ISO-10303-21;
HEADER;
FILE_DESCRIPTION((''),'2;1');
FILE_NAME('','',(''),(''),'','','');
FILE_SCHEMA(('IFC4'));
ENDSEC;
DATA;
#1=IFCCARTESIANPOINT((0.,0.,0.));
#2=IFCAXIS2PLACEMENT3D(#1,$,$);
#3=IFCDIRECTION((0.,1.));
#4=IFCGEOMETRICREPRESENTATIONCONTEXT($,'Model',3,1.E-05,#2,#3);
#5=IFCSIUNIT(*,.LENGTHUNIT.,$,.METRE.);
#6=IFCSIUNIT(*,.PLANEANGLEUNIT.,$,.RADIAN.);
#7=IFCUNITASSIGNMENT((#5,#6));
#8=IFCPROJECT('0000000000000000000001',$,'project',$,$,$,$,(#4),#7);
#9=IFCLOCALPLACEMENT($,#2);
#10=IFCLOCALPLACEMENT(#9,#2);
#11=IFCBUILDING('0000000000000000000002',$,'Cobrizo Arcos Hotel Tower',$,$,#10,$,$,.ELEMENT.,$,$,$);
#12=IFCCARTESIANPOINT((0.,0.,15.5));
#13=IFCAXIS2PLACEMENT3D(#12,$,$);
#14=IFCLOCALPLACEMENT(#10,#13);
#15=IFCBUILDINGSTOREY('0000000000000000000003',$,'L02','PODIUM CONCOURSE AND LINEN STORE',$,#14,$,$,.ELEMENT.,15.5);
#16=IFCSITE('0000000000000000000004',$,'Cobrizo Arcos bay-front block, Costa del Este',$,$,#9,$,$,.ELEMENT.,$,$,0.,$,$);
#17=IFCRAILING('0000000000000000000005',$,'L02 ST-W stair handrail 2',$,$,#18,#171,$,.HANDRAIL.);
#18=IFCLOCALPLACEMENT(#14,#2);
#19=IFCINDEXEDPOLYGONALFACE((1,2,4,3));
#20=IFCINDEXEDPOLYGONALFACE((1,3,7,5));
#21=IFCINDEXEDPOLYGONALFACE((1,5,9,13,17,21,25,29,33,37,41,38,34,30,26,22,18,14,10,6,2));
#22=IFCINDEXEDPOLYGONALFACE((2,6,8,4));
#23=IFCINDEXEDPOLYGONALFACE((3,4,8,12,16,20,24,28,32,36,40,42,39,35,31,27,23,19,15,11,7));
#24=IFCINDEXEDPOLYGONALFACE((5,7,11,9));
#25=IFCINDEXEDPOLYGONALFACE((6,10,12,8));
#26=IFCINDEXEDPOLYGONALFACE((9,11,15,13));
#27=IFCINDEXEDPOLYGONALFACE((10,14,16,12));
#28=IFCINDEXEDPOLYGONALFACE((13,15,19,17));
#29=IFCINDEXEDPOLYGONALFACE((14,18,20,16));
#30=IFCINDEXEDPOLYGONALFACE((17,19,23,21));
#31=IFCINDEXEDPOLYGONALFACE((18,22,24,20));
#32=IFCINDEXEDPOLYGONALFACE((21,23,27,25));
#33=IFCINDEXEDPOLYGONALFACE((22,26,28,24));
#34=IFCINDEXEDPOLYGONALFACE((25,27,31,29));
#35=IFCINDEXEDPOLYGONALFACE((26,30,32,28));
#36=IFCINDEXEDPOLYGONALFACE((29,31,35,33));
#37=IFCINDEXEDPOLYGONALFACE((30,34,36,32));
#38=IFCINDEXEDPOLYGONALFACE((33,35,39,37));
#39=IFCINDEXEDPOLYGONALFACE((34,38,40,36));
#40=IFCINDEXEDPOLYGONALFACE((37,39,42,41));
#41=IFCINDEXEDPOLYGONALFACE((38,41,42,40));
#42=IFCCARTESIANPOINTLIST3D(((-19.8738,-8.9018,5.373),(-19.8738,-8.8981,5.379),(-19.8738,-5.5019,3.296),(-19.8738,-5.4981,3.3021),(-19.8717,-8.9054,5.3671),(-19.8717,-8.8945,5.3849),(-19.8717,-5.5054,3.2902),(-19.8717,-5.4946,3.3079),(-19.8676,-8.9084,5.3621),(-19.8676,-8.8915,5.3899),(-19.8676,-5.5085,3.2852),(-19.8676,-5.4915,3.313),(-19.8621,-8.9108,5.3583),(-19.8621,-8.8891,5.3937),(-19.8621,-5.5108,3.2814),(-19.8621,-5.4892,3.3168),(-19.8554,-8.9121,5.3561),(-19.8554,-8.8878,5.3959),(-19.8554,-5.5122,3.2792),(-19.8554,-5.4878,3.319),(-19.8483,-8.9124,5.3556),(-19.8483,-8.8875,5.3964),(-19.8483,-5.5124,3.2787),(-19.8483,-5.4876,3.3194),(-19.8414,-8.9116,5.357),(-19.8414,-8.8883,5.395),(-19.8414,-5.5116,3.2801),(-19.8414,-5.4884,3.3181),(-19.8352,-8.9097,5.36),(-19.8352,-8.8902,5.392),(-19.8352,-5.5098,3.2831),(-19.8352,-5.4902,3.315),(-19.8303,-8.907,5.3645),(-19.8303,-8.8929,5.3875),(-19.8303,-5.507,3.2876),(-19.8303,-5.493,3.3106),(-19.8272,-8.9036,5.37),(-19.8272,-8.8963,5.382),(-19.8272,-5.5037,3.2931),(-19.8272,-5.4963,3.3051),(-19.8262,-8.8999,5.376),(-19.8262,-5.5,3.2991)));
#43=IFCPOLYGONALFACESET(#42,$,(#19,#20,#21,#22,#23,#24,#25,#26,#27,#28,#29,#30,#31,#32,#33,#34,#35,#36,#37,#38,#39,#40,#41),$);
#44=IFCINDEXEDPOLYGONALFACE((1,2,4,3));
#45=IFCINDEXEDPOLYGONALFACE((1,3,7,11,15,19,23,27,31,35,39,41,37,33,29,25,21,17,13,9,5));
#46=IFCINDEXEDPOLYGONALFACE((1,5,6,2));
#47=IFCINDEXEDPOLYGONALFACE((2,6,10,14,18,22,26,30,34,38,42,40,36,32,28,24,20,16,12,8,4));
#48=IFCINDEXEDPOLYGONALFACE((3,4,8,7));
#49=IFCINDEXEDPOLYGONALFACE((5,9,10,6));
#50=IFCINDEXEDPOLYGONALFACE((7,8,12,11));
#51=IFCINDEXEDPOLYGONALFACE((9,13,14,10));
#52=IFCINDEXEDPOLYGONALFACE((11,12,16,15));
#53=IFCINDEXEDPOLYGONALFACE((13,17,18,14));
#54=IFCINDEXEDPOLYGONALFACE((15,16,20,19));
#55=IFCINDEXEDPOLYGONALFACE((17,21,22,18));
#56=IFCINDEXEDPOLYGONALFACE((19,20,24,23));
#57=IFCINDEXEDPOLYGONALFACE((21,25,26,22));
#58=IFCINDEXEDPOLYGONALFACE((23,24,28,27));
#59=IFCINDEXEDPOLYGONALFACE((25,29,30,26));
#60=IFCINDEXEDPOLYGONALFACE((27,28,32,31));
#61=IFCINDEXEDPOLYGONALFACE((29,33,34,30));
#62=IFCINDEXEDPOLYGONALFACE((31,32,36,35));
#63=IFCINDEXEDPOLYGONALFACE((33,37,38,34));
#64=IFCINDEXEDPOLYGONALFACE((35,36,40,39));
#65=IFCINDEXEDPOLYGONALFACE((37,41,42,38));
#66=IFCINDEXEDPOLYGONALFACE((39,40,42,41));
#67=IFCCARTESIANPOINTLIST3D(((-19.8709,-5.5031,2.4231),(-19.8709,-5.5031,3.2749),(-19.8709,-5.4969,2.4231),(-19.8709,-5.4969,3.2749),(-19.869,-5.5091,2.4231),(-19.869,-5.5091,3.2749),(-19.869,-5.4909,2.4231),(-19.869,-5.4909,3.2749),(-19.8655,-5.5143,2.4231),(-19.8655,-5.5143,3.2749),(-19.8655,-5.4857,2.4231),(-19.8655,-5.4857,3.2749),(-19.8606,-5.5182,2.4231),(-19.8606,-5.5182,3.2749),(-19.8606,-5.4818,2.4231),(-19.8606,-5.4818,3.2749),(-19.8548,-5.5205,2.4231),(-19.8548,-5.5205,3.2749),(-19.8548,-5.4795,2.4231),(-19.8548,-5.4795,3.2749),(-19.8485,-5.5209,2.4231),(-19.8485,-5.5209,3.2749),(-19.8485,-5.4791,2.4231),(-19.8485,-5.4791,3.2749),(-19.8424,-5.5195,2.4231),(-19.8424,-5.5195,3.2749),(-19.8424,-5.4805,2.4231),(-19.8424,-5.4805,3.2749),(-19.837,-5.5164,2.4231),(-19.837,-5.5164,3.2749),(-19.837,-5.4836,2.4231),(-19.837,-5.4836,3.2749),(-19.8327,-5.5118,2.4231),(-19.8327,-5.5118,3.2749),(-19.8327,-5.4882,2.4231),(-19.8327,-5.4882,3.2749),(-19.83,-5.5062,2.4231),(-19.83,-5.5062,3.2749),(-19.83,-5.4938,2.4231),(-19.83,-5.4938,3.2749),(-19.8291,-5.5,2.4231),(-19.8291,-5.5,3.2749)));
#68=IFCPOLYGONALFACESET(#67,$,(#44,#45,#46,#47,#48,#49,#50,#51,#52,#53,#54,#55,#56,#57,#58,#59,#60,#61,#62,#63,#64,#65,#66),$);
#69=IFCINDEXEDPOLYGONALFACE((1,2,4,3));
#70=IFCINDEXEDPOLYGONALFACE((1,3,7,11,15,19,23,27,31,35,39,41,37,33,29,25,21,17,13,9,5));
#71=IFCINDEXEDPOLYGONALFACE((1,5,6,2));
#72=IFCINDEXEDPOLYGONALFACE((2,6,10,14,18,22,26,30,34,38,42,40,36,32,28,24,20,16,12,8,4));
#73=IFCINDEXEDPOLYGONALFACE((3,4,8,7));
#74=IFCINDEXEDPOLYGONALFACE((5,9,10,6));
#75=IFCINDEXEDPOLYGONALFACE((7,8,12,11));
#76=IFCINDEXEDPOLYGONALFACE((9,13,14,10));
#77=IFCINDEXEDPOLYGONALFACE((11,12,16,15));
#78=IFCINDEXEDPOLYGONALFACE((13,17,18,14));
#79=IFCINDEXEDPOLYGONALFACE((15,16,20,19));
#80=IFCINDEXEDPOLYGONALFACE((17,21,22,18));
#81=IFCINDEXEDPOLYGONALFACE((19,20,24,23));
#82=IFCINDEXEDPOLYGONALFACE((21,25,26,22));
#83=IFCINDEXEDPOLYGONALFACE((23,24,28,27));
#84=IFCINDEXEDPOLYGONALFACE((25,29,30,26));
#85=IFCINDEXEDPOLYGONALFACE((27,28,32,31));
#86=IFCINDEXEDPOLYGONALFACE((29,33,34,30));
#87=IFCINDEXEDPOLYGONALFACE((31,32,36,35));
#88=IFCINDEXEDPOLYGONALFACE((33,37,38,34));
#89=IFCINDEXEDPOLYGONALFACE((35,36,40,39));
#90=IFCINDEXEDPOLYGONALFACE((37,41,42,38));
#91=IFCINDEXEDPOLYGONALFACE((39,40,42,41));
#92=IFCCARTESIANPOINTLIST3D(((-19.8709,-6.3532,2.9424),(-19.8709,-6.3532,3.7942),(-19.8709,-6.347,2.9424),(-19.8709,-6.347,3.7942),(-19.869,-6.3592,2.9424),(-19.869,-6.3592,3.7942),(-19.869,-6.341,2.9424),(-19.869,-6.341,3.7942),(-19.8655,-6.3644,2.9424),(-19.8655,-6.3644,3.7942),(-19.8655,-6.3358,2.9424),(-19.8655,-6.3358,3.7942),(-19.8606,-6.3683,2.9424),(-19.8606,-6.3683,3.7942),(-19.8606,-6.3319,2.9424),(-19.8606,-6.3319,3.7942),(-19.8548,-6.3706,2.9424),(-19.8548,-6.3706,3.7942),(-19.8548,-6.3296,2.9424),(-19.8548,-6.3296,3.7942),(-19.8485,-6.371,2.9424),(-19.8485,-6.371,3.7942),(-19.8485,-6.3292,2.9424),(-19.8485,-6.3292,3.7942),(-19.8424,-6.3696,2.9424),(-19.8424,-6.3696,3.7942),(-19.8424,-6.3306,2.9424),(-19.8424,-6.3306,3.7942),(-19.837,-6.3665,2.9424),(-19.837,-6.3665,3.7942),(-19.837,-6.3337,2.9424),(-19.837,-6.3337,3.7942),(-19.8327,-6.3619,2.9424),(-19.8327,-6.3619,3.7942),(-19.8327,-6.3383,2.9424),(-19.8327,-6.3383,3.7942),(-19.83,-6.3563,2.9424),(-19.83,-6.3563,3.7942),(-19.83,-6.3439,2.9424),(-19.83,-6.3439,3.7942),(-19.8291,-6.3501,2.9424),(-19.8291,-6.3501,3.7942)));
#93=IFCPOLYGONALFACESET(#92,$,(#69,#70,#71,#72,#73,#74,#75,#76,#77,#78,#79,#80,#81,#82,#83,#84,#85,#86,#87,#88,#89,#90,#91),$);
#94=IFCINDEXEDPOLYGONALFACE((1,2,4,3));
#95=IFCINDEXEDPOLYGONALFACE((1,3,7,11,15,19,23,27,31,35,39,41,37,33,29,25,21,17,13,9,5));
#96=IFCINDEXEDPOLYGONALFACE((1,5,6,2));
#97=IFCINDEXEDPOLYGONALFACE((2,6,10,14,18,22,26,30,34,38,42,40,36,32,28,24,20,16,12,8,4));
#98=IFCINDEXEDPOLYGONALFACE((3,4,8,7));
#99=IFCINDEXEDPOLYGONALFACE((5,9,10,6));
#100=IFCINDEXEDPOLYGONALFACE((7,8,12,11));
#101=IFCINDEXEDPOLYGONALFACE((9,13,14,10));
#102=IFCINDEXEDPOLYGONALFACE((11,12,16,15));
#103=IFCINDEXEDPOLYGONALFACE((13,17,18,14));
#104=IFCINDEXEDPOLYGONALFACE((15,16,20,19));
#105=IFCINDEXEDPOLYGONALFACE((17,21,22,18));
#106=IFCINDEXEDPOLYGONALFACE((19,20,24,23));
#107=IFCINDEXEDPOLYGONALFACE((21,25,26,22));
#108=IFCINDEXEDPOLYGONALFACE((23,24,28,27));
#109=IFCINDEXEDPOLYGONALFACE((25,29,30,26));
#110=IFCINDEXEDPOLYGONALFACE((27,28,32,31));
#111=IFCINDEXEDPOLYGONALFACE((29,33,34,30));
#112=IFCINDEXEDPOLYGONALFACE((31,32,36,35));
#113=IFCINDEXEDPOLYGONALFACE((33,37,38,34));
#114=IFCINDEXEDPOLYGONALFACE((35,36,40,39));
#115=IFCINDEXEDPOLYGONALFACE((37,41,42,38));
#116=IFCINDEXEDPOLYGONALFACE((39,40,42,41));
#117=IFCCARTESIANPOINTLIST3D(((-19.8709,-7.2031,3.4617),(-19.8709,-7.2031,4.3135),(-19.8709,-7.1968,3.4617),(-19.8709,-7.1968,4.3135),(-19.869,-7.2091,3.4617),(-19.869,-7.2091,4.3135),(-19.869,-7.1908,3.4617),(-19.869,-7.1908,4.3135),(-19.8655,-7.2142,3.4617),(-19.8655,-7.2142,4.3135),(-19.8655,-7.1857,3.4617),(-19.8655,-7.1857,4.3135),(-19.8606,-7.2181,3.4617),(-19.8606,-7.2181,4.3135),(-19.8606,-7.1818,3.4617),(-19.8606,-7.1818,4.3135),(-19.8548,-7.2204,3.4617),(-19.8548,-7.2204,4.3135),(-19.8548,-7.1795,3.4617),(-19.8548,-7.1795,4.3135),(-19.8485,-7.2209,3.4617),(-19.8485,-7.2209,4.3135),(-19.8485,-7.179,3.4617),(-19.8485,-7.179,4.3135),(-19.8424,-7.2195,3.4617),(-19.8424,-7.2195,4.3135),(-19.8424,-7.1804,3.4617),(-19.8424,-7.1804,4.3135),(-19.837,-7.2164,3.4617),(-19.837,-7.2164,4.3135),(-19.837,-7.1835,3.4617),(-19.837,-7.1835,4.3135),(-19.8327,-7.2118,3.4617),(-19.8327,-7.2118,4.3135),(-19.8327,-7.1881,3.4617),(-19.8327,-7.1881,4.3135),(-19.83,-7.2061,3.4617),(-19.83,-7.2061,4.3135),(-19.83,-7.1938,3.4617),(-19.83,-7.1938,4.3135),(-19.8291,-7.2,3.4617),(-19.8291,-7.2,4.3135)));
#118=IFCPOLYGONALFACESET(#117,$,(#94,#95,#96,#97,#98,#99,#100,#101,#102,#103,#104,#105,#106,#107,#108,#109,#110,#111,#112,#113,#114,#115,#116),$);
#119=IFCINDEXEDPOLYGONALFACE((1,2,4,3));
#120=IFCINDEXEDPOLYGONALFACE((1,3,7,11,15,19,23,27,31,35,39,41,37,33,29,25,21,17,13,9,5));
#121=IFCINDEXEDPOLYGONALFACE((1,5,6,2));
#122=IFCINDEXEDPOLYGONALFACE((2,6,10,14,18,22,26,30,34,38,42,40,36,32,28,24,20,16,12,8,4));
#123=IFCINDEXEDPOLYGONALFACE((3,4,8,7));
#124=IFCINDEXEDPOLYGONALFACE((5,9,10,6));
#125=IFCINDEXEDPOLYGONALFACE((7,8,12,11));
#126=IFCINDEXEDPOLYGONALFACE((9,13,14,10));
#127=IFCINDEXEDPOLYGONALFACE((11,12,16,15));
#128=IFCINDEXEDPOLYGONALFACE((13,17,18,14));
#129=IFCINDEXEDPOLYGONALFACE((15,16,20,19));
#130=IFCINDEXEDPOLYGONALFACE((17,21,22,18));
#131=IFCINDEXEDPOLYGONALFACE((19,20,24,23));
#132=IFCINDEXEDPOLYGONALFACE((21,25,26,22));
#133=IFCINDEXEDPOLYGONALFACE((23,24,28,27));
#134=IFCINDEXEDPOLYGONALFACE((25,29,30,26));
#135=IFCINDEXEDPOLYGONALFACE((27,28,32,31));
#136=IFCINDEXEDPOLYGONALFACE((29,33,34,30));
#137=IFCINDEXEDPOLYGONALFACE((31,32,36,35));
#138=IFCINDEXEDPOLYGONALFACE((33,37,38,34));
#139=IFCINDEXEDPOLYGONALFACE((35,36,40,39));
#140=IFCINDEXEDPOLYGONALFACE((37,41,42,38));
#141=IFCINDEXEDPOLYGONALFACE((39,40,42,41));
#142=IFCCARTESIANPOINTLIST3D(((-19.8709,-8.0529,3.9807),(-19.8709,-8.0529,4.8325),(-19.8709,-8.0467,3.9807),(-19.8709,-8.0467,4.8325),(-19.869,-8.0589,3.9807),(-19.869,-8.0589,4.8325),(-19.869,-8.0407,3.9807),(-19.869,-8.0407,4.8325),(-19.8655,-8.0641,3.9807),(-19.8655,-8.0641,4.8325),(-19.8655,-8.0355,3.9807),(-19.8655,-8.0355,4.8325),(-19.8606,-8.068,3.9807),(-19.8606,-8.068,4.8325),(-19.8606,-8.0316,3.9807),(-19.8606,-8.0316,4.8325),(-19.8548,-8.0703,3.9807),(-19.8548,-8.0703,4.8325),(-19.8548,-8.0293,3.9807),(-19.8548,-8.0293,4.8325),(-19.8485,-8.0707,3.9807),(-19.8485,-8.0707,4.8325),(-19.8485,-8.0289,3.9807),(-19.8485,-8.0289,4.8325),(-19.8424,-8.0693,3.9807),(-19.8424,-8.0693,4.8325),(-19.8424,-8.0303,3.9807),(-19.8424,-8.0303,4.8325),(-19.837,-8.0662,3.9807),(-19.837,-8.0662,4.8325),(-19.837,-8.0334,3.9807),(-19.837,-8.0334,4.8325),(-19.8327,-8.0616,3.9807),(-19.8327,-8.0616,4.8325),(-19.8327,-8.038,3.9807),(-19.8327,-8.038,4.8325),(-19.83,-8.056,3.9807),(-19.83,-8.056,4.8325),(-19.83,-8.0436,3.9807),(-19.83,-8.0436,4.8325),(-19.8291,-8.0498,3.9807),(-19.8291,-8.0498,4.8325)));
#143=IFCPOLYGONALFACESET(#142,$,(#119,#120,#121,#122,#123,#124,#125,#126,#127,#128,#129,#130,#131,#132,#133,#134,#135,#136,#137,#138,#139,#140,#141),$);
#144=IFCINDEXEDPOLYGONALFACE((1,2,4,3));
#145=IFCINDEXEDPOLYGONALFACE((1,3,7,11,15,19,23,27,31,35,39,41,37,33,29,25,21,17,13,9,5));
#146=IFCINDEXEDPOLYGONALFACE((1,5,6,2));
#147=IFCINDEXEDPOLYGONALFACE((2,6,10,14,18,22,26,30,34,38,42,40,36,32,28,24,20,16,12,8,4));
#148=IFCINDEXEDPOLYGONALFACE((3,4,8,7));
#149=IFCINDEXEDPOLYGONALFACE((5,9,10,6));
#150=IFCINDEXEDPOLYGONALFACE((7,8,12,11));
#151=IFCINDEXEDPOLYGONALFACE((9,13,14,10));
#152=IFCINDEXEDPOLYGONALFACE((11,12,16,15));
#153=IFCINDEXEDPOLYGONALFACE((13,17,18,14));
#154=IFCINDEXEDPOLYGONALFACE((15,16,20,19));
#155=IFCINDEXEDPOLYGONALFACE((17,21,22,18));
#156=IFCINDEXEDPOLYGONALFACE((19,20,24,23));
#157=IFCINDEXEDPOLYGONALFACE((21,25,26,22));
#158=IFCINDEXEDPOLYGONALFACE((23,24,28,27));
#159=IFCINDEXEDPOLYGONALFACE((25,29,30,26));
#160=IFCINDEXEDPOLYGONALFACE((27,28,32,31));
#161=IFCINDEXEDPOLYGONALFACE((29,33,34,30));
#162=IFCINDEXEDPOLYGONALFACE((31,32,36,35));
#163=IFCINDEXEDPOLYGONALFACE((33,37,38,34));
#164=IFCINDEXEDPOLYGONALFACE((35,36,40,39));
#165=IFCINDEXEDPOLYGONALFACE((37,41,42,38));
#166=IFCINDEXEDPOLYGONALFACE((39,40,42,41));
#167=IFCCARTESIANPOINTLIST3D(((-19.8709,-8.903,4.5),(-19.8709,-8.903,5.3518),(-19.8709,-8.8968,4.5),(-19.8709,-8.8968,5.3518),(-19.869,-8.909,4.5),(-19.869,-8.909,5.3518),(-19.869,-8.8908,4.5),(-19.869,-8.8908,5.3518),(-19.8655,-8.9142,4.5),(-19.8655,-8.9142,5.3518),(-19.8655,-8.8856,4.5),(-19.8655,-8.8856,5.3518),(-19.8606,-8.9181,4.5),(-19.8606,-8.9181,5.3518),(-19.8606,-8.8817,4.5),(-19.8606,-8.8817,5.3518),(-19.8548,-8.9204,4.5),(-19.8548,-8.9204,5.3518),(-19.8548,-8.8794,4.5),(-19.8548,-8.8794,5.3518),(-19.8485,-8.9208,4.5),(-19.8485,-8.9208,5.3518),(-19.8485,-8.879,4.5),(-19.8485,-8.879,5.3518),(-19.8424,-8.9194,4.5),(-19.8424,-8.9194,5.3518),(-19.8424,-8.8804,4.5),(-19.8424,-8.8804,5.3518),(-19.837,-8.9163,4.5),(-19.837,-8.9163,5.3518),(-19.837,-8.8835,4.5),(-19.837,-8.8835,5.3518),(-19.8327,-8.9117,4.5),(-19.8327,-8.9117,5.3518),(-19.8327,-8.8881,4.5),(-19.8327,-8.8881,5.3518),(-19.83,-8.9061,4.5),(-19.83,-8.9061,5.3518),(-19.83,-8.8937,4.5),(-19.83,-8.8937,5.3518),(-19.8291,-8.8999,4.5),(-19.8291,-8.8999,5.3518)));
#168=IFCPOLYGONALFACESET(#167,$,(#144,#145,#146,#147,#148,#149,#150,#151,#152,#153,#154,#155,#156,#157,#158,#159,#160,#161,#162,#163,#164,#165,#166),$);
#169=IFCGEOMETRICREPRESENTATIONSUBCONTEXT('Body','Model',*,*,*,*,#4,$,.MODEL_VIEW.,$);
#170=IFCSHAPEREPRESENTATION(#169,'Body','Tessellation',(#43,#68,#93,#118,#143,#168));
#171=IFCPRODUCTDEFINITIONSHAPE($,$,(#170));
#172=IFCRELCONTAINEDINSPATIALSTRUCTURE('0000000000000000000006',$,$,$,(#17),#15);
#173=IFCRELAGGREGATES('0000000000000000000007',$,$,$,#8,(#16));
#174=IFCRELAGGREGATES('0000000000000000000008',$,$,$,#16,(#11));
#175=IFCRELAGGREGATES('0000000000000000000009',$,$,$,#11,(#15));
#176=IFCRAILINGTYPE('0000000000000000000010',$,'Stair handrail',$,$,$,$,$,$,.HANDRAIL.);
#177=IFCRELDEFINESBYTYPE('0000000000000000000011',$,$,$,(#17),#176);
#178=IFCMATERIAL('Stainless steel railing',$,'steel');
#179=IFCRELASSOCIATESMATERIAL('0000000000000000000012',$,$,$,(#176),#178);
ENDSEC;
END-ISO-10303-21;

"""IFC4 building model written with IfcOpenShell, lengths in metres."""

from ifc_helpers import new_model, si_unit, direction, frame, origin, origin_2d, place, context, subcontext, project, spatial, circle, extrude, material, type_object, element, save


model = new_model("IFC4")

# Units and contexts
model_context = context("Model", 3, precision=1e-05, world=origin(), true_north=direction((0.0, 1.0)))
body_context = subcontext(model_context, "Body", "Model", "MODEL_VIEW")
ifc_project = project(units=[si_unit("LENGTHUNIT", "METRE"), si_unit("PLANEANGLEUNIT", "RADIAN")], contexts=[model_context])

# Site, building, storey
site_placement = place(None, origin())
site = spatial("IfcSite", under=ifc_project, at=site_placement, Name="Cobrizo Arcos bay-front block, Costa del Este", CompositionType="ELEMENT", RefElevation=0.0)
building_placement = place(site_placement, origin())
building = spatial("IfcBuilding", under=site, at=building_placement, Name="Cobrizo Arcos Hotel Tower", CompositionType="ELEMENT")
storey_placement = place(building_placement, frame((0.0, 0.0, 15.5)))
storey = spatial("IfcBuildingStorey", under=building, at=storey_placement, Name="L02", Description="PODIUM CONCOURSE AND LINEN STORE", CompositionType="ELEMENT", Elevation=15.5)

# Railing
ifc_material_1 = material(Name="Stainless steel railing", Category="steel")
railing_type_1 = type_object("IfcRailingType", Name="Stair handrail", PredefinedType="HANDRAIL", material=ifc_material_1)
railing_1_placement = place(storey_placement, frame((-19.8501, -5.5, 2.4231)))
element("IfcRailing", 1, at=railing_1_placement, inside=storey, type_object=railing_type_1, Name="L02 ST-W stair handrail 2", PredefinedType="HANDRAIL", context=body_context, shape_type="SweptSolid", body=[
    extrude(circle(Radius=0.0239, at=origin_2d()), frame((0.0, 0.0, 0.876), z_axis=(0.0, -0.853373, 0.521301), x_axis=(1.0, 0.0, 0.0)), (0.0, 0.0, 1.0), 3.9841),
    extrude(circle(Radius=0.021, at=origin_2d()), origin(), (0.0, 0.0, 1.0), 0.8518),
    extrude(circle(Radius=0.021, at=origin_2d()), frame((0.0, -0.8501, 0.5193)), (0.0, 0.0, 1.0), 0.8518),
    extrude(circle(Radius=0.021, at=origin_2d()), frame((0.0, -1.7, 1.0386)), (0.0, 0.0, 1.0), 0.8518),
    extrude(circle(Radius=0.021, at=origin_2d()), frame((0.0, -2.5498, 1.5576)), (0.0, 0.0, 1.0), 0.8518),
    extrude(circle(Radius=0.021, at=origin_2d()), frame((0.0, -3.3999, 2.0769)), (0.0, 0.0, 1.0), 0.8518),
])

save(model, "model.ifc")
